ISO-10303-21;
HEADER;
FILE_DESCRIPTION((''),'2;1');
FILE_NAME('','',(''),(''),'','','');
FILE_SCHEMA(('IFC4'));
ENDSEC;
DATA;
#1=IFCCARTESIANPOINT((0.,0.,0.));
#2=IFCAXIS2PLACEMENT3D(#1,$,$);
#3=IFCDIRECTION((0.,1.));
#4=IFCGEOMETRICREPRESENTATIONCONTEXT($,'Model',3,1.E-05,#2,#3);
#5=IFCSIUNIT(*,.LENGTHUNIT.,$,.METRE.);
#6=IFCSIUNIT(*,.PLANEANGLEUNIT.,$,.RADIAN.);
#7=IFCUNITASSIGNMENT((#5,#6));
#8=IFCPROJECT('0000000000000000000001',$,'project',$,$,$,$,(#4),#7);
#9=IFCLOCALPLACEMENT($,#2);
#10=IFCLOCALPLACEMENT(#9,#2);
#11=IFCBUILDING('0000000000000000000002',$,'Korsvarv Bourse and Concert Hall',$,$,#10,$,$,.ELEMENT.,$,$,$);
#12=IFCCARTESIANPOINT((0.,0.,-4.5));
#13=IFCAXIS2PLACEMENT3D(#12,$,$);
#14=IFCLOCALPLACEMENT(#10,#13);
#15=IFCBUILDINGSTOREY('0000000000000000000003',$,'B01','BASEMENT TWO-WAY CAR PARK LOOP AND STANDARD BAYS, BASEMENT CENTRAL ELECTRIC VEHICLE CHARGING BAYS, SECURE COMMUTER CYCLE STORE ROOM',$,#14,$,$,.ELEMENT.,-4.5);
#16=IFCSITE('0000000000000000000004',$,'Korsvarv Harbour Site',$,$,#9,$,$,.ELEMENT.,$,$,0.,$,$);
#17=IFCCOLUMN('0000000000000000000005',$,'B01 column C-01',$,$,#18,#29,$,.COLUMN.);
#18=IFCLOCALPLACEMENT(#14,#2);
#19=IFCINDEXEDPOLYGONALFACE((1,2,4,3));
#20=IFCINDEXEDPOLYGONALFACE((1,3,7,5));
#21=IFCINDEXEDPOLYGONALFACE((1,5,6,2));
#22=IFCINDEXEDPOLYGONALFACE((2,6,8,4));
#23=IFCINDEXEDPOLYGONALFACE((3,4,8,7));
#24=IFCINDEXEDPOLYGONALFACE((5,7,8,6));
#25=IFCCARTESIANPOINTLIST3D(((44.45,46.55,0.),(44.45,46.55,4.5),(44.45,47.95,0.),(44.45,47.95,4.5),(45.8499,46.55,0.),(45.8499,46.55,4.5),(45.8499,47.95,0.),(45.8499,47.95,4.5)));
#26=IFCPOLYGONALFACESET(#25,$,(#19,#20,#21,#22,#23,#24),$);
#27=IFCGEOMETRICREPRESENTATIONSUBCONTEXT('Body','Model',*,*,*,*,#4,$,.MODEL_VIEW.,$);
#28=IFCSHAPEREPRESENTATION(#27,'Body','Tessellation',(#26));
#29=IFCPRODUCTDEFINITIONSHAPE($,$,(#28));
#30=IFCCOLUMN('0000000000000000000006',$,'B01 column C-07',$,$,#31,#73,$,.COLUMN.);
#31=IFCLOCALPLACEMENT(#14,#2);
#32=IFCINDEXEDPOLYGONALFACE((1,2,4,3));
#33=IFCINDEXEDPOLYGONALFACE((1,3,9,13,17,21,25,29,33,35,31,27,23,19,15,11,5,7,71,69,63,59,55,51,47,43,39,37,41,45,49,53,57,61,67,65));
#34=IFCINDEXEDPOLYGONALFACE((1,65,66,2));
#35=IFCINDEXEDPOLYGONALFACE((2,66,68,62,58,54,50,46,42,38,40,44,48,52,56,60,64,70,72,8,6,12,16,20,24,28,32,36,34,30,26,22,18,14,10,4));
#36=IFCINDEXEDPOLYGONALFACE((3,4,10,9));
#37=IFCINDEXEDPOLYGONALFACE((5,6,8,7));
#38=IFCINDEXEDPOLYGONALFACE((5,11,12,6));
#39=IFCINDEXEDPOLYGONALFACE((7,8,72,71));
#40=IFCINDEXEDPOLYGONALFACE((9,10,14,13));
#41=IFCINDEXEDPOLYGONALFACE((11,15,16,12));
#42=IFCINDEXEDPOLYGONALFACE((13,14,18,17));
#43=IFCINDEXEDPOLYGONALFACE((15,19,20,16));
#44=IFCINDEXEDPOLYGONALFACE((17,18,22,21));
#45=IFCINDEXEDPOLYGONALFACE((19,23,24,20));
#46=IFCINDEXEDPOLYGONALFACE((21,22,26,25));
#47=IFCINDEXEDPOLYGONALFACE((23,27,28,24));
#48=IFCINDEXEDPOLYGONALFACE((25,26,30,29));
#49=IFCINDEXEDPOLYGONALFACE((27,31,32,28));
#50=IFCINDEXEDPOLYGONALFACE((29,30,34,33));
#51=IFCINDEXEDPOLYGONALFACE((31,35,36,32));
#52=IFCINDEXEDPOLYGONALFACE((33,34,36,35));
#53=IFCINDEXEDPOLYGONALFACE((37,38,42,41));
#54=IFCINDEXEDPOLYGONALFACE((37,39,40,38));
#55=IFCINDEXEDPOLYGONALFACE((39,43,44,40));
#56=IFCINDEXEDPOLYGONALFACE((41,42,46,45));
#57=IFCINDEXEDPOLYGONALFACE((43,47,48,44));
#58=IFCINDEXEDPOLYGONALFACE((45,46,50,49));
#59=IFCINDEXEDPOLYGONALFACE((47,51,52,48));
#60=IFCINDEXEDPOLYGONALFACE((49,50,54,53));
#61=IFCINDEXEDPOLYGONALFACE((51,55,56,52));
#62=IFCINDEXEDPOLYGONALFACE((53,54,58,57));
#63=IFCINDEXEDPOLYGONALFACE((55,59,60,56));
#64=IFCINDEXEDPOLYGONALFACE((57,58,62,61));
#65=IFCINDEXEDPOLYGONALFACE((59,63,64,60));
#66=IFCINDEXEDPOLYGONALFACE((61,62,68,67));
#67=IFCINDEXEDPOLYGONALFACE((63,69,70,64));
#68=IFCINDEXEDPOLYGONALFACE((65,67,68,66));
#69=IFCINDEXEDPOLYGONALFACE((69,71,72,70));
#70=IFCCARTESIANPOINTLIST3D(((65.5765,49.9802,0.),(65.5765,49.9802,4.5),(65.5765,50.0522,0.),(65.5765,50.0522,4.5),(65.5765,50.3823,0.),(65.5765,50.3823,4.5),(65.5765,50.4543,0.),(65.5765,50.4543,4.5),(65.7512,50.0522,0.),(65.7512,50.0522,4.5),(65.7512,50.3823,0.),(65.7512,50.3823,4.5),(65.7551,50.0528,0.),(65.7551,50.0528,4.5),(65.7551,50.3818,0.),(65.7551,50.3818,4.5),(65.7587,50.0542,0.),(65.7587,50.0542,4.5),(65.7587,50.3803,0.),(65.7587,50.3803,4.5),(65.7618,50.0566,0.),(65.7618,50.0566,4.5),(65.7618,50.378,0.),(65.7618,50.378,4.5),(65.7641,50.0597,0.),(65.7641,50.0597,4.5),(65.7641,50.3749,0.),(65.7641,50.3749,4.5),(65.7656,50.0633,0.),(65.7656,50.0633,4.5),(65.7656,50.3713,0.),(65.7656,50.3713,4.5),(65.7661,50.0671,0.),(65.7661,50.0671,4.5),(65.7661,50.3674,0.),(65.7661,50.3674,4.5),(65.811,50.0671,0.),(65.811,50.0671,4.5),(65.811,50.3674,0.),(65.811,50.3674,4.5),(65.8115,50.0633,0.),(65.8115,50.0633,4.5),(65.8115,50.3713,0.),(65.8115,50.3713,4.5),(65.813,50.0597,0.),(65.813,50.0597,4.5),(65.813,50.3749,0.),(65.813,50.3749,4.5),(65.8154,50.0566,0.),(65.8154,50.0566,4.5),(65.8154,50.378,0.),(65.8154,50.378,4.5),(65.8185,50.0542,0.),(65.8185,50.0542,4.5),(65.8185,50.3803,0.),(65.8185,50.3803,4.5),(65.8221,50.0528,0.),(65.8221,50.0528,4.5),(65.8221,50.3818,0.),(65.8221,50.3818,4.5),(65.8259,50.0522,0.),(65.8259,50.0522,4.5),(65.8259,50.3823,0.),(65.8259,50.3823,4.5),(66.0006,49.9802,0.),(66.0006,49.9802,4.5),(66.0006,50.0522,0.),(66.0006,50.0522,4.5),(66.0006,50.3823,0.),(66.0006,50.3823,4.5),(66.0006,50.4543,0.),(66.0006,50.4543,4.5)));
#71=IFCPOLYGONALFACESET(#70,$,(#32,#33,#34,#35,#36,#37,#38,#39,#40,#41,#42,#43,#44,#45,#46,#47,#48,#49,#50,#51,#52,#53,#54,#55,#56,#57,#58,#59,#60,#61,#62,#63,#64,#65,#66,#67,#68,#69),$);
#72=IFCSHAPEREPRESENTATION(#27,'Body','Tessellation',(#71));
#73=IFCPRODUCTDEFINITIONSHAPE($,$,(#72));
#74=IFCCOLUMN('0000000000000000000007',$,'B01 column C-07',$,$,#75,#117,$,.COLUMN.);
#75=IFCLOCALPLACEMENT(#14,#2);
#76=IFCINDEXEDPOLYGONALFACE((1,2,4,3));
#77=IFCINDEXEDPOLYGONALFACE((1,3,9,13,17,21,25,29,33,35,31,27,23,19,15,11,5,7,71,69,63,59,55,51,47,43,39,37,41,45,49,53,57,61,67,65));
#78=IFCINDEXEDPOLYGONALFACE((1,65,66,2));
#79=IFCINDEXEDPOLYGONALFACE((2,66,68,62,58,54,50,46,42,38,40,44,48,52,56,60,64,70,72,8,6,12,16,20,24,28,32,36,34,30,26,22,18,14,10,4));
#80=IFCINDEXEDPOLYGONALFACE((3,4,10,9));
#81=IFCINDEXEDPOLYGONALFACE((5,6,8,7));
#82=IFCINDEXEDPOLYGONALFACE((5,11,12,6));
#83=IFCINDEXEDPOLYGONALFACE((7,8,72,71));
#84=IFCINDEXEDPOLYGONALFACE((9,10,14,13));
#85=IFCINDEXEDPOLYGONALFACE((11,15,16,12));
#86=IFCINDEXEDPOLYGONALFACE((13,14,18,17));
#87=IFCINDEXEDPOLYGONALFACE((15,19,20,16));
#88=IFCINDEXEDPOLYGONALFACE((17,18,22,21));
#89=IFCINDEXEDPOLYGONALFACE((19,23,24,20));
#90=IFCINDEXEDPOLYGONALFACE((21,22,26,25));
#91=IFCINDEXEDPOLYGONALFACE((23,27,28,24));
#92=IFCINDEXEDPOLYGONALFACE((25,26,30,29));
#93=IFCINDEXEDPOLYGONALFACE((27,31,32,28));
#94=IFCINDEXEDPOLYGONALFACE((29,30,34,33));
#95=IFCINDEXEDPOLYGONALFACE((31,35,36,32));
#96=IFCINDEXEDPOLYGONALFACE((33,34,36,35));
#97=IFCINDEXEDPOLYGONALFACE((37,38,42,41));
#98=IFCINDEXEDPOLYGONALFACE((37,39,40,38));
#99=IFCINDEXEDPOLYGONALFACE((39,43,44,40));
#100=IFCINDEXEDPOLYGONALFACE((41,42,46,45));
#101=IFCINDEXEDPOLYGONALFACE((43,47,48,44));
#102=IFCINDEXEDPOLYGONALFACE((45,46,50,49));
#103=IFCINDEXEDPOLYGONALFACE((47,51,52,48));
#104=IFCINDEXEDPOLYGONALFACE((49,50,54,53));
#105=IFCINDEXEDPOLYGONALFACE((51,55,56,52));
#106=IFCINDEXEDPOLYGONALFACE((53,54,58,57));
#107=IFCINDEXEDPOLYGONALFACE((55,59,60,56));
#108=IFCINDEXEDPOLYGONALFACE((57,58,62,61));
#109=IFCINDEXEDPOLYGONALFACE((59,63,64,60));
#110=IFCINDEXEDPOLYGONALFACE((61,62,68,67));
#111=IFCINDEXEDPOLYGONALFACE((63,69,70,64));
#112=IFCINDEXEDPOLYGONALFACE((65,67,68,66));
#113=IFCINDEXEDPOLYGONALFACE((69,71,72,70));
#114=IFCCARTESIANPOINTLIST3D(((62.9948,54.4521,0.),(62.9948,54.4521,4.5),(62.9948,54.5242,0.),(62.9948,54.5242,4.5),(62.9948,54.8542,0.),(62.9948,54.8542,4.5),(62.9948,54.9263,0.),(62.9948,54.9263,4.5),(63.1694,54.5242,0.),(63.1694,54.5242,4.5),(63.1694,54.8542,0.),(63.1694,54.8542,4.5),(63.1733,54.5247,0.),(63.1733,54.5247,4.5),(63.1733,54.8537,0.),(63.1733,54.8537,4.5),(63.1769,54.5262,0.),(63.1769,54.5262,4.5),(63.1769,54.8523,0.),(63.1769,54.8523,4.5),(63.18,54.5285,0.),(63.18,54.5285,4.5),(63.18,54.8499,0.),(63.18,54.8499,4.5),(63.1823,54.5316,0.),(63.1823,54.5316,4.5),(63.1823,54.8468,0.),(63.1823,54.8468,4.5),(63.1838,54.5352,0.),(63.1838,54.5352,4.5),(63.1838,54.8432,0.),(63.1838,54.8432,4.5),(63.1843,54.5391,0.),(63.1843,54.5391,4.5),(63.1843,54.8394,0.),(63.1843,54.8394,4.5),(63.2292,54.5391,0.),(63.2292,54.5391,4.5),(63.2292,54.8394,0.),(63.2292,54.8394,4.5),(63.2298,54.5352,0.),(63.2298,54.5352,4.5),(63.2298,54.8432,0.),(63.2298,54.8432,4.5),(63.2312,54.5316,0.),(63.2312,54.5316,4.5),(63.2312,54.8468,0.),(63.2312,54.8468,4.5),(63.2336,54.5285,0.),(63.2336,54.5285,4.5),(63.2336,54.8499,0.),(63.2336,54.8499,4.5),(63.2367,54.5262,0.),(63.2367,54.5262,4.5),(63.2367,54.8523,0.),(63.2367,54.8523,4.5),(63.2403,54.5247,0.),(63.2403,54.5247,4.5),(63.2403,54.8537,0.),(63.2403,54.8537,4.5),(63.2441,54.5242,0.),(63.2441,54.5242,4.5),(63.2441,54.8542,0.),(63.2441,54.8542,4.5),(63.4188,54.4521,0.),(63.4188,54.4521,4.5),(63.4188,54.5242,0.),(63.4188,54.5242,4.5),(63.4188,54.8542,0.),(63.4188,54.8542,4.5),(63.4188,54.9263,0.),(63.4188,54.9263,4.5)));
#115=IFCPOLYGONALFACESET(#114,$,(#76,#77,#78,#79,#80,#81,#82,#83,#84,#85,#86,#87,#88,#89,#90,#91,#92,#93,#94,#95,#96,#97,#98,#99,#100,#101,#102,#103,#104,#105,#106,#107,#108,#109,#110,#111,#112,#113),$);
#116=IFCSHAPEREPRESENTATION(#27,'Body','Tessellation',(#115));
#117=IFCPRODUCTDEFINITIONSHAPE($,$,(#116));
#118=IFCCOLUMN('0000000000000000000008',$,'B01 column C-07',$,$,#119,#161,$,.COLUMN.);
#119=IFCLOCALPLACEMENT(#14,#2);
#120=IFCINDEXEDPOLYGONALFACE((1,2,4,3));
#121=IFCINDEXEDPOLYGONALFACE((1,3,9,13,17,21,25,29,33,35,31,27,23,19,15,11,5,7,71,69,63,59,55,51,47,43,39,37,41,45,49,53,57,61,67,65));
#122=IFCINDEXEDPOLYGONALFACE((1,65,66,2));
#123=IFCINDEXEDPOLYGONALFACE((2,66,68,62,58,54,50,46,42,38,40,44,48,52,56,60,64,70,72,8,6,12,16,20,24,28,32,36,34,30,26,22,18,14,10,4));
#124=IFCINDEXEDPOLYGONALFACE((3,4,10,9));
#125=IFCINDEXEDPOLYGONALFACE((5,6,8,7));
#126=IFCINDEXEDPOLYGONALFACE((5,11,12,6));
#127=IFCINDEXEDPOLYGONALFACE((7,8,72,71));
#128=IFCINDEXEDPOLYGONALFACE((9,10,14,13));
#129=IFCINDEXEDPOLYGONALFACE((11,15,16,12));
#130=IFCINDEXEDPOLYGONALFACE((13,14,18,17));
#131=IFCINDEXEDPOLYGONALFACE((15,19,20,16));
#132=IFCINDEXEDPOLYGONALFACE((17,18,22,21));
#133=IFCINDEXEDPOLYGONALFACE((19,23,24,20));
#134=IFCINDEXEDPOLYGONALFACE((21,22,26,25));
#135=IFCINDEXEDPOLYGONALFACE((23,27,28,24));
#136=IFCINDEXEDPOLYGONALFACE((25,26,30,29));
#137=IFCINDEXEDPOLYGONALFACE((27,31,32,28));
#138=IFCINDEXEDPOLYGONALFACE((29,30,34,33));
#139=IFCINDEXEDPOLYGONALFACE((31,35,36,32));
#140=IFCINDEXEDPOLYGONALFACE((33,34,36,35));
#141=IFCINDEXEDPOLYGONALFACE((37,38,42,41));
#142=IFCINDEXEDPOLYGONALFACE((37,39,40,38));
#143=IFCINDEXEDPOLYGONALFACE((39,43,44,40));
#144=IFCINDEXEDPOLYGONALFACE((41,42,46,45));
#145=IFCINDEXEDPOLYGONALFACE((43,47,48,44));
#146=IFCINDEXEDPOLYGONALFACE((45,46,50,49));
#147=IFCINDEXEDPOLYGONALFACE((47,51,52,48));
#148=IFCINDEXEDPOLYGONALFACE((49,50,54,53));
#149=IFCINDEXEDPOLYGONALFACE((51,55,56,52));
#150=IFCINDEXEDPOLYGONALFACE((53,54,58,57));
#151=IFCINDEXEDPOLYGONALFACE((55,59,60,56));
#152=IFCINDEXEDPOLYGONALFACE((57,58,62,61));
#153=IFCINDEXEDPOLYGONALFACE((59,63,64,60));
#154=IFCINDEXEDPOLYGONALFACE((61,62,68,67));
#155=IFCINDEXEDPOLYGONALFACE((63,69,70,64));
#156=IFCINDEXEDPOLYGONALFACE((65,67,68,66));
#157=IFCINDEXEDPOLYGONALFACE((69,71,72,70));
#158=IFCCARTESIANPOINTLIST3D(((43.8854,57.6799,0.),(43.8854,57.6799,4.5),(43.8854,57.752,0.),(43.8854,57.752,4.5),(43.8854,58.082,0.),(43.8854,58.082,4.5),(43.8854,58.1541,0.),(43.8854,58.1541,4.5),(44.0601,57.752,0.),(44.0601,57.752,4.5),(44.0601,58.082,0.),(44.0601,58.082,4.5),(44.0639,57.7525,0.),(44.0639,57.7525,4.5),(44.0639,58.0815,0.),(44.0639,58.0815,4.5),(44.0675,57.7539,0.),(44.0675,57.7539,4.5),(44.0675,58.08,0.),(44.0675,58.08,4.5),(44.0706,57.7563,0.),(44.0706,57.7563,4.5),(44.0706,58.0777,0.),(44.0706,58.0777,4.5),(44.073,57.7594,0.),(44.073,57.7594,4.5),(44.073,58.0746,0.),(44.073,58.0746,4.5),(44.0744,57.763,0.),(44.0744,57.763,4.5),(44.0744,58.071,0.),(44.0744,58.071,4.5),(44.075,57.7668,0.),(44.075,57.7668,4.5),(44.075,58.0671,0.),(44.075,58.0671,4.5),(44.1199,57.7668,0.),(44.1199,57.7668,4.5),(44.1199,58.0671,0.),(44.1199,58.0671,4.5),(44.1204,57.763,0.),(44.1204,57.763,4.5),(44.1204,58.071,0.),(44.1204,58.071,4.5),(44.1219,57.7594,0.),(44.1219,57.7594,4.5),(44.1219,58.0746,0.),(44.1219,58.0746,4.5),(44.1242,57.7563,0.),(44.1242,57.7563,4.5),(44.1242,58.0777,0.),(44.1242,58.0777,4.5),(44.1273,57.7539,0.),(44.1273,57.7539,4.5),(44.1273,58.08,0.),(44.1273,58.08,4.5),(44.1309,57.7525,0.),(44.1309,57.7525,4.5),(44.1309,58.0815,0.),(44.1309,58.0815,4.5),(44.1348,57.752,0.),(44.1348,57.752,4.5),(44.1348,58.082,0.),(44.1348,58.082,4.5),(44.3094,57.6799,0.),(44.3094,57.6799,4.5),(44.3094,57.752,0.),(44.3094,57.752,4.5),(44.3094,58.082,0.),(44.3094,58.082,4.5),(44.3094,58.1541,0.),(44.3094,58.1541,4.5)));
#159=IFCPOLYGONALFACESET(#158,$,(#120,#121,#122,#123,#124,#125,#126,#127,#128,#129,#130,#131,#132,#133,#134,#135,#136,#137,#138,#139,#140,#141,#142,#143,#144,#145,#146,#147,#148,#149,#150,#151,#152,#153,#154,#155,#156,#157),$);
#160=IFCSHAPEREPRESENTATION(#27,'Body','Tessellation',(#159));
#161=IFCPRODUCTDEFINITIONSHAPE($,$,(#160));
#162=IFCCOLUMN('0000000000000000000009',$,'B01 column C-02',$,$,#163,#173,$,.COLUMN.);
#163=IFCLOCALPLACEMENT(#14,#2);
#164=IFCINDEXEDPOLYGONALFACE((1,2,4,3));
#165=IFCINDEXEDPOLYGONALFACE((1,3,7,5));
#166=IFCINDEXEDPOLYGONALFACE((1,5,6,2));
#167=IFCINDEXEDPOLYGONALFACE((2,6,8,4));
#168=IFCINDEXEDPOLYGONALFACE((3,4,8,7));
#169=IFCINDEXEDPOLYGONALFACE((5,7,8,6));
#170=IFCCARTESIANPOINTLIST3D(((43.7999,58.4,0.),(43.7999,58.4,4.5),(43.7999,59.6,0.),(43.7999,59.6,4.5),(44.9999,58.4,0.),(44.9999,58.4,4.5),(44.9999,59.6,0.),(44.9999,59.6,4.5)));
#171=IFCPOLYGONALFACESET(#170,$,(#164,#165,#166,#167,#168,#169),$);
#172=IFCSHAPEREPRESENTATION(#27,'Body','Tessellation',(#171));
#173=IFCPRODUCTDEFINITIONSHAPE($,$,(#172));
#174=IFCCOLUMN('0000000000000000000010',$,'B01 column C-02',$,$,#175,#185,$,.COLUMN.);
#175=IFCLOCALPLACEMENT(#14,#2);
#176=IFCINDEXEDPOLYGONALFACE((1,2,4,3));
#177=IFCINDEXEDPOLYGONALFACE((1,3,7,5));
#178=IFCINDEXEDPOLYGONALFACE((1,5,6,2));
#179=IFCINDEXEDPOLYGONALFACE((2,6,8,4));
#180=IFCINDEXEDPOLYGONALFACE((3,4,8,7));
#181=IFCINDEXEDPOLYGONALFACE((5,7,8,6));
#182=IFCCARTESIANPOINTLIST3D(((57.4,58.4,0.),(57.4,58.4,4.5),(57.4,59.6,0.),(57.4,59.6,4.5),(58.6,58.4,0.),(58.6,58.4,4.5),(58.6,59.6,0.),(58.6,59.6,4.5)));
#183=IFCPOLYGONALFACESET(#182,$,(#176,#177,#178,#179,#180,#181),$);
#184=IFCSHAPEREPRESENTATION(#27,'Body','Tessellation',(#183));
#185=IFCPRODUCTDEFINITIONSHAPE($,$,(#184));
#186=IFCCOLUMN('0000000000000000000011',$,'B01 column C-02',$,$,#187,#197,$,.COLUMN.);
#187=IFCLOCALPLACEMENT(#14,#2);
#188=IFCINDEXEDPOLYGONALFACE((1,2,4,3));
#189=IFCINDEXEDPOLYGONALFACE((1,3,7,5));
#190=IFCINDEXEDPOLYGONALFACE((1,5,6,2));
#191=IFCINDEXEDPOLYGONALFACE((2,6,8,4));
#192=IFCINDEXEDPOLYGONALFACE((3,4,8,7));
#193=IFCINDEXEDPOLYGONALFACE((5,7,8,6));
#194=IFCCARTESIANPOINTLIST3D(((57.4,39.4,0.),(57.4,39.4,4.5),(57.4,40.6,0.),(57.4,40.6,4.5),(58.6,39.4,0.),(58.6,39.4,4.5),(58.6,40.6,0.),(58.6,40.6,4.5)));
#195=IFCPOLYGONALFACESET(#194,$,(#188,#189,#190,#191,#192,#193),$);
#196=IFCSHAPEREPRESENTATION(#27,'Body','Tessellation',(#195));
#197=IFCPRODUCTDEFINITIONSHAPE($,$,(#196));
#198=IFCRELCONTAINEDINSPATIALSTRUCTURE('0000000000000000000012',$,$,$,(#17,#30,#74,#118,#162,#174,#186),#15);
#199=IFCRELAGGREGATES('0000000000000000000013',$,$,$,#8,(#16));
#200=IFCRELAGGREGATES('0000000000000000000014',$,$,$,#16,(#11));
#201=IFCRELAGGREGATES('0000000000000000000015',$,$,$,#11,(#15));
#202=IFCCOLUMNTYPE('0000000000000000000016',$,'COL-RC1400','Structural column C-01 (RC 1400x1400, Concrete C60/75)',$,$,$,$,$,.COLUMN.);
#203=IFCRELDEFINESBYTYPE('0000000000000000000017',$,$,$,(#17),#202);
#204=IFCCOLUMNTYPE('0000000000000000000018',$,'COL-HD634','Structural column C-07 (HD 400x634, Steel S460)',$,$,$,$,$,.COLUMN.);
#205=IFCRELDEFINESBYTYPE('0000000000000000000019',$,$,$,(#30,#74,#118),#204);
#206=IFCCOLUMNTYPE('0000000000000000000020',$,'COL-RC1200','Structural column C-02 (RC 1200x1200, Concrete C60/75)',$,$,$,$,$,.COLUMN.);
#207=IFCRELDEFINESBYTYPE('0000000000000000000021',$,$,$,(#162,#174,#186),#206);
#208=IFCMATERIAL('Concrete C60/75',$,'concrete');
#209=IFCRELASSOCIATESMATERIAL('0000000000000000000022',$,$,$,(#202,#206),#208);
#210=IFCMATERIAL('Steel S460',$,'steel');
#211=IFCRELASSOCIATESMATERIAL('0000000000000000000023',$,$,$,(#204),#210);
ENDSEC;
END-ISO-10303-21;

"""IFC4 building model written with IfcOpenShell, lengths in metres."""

from ifc_helpers import new_model, si_unit, direction, frame, origin, origin_2d, place, context, subcontext, project, spatial, rectangle, i_section, extrude, source, transform, mapped, material, material_profile, profile_set, type_object, element, save


model = new_model("IFC4")

# Units and contexts
model_context = context("Model", 3, precision=1e-05, world=origin(), true_north=direction((0.0, 1.0)))
body_context = subcontext(model_context, "Body", "Model", "MODEL_VIEW")
ifc_project = project(units=[si_unit("LENGTHUNIT", "METRE"), si_unit("PLANEANGLEUNIT", "RADIAN")], contexts=[model_context])

# Site, building, storey
site_placement = place(None, origin())
site = spatial("IfcSite", under=ifc_project, at=site_placement, Name="Korsvarv Harbour Site", CompositionType="ELEMENT", RefElevation=0.0)
building_placement = place(site_placement, origin())
building = spatial("IfcBuilding", under=site, at=building_placement, Name="Korsvarv Bourse and Concert Hall", CompositionType="ELEMENT")
storey_placement = place(building_placement, frame((0.0, 0.0, -4.5)))
storey = spatial("IfcBuildingStorey", under=building, at=storey_placement, Name="B01", Description="BASEMENT TWO-WAY CAR PARK LOOP AND STANDARD BAYS, BASEMENT CENTRAL ELECTRIC VEHICLE CHARGING BAYS, SECURE COMMUTER CYCLE STORE ROOM", CompositionType="ELEMENT", Elevation=-4.5)

# Columns
ifc_material_1 = material(Name="Concrete C60/75", Category="concrete")
ifc_material_profile_1 = material_profile(ifc_material_1, rectangle(XDim=1.3999, YDim=1.3999, at=origin_2d()), Name="RC 1400x1400")
ifc_profile_set_1 = profile_set([ifc_material_profile_1], Name="Concrete C60/75")
column_type_1 = type_object("IfcColumnType", Name="COL-RC1400", Description="Structural column C-01 (RC 1400x1400, Concrete C60/75)", PredefinedType="COLUMN", material=ifc_profile_set_1)
shared_shape_1 = source(origin(), body_context, "Body", "SweptSolid", [
    extrude(rectangle(XDim=1.3999, YDim=1.3999, at=origin_2d()), origin(), (0.0, 0.0, 1.0), 4.5),
])
column_placement = place(storey_placement, frame((45.1499, 47.25, 0.0), z_axis=(0.0, 0.0, 1.0), x_axis=(1.0, 0.0, 0.0)))
element("IfcColumn", 1, at=column_placement, inside=storey, type_object=column_type_1, Name="B01 column C-01", PredefinedType="COLUMN", context=body_context, shape_type="MappedRepresentation", body=[
    mapped(shared_shape_1, transform((0.0, 0.0, 0.0), scale=1.0)),
])
ifc_material_2 = material(Name="Steel S460", Category="steel")
ifc_material_profile_2 = material_profile(ifc_material_2, i_section(OverallWidth=0.4241, OverallDepth=0.4741, WebThickness=0.0449, FlangeThickness=0.072, FilletRadius=0.0149, at=origin_2d()), Name="HD 400x634")
ifc_profile_set_2 = profile_set([ifc_material_profile_2], Name="Steel S460")
column_type_2 = type_object("IfcColumnType", Name="COL-HD634", Description="Structural column C-07 (HD 400x634, Steel S460)", PredefinedType="COLUMN", material=ifc_profile_set_2)
shared_shape_2 = source(origin(), body_context, "Body", "SweptSolid", [
    extrude(i_section(OverallWidth=0.4241, OverallDepth=0.4741, WebThickness=0.0449, FlangeThickness=0.072, FilletRadius=0.0149, at=origin_2d()), origin(), (0.0, 0.0, 1.0), 4.5),
])
for number, where, z_axis, x_axis, name in (
    (2, (65.7886, 50.2173, 0.0), (0.0, 0.0, 1.0), (1.0, 0.0, 0.0), "B01 column C-07"),
    (3, (63.2068, 54.6892, 0.0), (0.0, 0.0, 1.0), (1.0, 0.0, 0.0), "B01 column C-07"),
    (4, (44.0974, 57.917, 0.0), (0.0, 0.0, 1.0), (1.0, 0.0, 0.0), "B01 column C-07"),
):
    element("IfcColumn", number, at=place(storey_placement, frame(where, z_axis=z_axis, x_axis=x_axis)), inside=storey, type_object=column_type_2, Name=name, PredefinedType="COLUMN", context=body_context, shape_type="MappedRepresentation", body=[
        mapped(shared_shape_2, transform((0.0, 0.0, 0.0), scale=1.0)),
    ])
ifc_material_profile_3 = material_profile(ifc_material_1, rectangle(XDim=1.2, YDim=1.2, at=origin_2d()), Name="RC 1200x1200")
ifc_profile_set_3 = profile_set([ifc_material_profile_3], Name="Concrete C60/75")
column_type_3 = type_object("IfcColumnType", Name="COL-RC1200", Description="Structural column C-02 (RC 1200x1200, Concrete C60/75)", PredefinedType="COLUMN", material=ifc_profile_set_3)
shared_shape_3 = source(origin(), body_context, "Body", "SweptSolid", [
    extrude(rectangle(XDim=1.2, YDim=1.2, at=origin_2d()), origin(), (0.0, 0.0, 1.0), 4.5),
])
for number, where, z_axis, x_axis, name in (
    (5, (44.3999, 59.0, 0.0), (0.0, 0.0, 1.0), (1.0, 0.0, 0.0), "B01 column C-02"),
    (6, (58.0, 59.0, 0.0), (0.0, 0.0, 1.0), (1.0, 0.0, 0.0), "B01 column C-02"),
    (7, (58.0, 40.0, 0.0), (0.0, 0.0, 1.0), (1.0, 0.0, 0.0), "B01 column C-02"),
):
    element("IfcColumn", number, at=place(storey_placement, frame(where, z_axis=z_axis, x_axis=x_axis)), inside=storey, type_object=column_type_3, Name=name, PredefinedType="COLUMN", context=body_context, shape_type="MappedRepresentation", body=[
        mapped(shared_shape_3, transform((0.0, 0.0, 0.0), scale=1.0)),
    ])

save(model, "model.ifc")
